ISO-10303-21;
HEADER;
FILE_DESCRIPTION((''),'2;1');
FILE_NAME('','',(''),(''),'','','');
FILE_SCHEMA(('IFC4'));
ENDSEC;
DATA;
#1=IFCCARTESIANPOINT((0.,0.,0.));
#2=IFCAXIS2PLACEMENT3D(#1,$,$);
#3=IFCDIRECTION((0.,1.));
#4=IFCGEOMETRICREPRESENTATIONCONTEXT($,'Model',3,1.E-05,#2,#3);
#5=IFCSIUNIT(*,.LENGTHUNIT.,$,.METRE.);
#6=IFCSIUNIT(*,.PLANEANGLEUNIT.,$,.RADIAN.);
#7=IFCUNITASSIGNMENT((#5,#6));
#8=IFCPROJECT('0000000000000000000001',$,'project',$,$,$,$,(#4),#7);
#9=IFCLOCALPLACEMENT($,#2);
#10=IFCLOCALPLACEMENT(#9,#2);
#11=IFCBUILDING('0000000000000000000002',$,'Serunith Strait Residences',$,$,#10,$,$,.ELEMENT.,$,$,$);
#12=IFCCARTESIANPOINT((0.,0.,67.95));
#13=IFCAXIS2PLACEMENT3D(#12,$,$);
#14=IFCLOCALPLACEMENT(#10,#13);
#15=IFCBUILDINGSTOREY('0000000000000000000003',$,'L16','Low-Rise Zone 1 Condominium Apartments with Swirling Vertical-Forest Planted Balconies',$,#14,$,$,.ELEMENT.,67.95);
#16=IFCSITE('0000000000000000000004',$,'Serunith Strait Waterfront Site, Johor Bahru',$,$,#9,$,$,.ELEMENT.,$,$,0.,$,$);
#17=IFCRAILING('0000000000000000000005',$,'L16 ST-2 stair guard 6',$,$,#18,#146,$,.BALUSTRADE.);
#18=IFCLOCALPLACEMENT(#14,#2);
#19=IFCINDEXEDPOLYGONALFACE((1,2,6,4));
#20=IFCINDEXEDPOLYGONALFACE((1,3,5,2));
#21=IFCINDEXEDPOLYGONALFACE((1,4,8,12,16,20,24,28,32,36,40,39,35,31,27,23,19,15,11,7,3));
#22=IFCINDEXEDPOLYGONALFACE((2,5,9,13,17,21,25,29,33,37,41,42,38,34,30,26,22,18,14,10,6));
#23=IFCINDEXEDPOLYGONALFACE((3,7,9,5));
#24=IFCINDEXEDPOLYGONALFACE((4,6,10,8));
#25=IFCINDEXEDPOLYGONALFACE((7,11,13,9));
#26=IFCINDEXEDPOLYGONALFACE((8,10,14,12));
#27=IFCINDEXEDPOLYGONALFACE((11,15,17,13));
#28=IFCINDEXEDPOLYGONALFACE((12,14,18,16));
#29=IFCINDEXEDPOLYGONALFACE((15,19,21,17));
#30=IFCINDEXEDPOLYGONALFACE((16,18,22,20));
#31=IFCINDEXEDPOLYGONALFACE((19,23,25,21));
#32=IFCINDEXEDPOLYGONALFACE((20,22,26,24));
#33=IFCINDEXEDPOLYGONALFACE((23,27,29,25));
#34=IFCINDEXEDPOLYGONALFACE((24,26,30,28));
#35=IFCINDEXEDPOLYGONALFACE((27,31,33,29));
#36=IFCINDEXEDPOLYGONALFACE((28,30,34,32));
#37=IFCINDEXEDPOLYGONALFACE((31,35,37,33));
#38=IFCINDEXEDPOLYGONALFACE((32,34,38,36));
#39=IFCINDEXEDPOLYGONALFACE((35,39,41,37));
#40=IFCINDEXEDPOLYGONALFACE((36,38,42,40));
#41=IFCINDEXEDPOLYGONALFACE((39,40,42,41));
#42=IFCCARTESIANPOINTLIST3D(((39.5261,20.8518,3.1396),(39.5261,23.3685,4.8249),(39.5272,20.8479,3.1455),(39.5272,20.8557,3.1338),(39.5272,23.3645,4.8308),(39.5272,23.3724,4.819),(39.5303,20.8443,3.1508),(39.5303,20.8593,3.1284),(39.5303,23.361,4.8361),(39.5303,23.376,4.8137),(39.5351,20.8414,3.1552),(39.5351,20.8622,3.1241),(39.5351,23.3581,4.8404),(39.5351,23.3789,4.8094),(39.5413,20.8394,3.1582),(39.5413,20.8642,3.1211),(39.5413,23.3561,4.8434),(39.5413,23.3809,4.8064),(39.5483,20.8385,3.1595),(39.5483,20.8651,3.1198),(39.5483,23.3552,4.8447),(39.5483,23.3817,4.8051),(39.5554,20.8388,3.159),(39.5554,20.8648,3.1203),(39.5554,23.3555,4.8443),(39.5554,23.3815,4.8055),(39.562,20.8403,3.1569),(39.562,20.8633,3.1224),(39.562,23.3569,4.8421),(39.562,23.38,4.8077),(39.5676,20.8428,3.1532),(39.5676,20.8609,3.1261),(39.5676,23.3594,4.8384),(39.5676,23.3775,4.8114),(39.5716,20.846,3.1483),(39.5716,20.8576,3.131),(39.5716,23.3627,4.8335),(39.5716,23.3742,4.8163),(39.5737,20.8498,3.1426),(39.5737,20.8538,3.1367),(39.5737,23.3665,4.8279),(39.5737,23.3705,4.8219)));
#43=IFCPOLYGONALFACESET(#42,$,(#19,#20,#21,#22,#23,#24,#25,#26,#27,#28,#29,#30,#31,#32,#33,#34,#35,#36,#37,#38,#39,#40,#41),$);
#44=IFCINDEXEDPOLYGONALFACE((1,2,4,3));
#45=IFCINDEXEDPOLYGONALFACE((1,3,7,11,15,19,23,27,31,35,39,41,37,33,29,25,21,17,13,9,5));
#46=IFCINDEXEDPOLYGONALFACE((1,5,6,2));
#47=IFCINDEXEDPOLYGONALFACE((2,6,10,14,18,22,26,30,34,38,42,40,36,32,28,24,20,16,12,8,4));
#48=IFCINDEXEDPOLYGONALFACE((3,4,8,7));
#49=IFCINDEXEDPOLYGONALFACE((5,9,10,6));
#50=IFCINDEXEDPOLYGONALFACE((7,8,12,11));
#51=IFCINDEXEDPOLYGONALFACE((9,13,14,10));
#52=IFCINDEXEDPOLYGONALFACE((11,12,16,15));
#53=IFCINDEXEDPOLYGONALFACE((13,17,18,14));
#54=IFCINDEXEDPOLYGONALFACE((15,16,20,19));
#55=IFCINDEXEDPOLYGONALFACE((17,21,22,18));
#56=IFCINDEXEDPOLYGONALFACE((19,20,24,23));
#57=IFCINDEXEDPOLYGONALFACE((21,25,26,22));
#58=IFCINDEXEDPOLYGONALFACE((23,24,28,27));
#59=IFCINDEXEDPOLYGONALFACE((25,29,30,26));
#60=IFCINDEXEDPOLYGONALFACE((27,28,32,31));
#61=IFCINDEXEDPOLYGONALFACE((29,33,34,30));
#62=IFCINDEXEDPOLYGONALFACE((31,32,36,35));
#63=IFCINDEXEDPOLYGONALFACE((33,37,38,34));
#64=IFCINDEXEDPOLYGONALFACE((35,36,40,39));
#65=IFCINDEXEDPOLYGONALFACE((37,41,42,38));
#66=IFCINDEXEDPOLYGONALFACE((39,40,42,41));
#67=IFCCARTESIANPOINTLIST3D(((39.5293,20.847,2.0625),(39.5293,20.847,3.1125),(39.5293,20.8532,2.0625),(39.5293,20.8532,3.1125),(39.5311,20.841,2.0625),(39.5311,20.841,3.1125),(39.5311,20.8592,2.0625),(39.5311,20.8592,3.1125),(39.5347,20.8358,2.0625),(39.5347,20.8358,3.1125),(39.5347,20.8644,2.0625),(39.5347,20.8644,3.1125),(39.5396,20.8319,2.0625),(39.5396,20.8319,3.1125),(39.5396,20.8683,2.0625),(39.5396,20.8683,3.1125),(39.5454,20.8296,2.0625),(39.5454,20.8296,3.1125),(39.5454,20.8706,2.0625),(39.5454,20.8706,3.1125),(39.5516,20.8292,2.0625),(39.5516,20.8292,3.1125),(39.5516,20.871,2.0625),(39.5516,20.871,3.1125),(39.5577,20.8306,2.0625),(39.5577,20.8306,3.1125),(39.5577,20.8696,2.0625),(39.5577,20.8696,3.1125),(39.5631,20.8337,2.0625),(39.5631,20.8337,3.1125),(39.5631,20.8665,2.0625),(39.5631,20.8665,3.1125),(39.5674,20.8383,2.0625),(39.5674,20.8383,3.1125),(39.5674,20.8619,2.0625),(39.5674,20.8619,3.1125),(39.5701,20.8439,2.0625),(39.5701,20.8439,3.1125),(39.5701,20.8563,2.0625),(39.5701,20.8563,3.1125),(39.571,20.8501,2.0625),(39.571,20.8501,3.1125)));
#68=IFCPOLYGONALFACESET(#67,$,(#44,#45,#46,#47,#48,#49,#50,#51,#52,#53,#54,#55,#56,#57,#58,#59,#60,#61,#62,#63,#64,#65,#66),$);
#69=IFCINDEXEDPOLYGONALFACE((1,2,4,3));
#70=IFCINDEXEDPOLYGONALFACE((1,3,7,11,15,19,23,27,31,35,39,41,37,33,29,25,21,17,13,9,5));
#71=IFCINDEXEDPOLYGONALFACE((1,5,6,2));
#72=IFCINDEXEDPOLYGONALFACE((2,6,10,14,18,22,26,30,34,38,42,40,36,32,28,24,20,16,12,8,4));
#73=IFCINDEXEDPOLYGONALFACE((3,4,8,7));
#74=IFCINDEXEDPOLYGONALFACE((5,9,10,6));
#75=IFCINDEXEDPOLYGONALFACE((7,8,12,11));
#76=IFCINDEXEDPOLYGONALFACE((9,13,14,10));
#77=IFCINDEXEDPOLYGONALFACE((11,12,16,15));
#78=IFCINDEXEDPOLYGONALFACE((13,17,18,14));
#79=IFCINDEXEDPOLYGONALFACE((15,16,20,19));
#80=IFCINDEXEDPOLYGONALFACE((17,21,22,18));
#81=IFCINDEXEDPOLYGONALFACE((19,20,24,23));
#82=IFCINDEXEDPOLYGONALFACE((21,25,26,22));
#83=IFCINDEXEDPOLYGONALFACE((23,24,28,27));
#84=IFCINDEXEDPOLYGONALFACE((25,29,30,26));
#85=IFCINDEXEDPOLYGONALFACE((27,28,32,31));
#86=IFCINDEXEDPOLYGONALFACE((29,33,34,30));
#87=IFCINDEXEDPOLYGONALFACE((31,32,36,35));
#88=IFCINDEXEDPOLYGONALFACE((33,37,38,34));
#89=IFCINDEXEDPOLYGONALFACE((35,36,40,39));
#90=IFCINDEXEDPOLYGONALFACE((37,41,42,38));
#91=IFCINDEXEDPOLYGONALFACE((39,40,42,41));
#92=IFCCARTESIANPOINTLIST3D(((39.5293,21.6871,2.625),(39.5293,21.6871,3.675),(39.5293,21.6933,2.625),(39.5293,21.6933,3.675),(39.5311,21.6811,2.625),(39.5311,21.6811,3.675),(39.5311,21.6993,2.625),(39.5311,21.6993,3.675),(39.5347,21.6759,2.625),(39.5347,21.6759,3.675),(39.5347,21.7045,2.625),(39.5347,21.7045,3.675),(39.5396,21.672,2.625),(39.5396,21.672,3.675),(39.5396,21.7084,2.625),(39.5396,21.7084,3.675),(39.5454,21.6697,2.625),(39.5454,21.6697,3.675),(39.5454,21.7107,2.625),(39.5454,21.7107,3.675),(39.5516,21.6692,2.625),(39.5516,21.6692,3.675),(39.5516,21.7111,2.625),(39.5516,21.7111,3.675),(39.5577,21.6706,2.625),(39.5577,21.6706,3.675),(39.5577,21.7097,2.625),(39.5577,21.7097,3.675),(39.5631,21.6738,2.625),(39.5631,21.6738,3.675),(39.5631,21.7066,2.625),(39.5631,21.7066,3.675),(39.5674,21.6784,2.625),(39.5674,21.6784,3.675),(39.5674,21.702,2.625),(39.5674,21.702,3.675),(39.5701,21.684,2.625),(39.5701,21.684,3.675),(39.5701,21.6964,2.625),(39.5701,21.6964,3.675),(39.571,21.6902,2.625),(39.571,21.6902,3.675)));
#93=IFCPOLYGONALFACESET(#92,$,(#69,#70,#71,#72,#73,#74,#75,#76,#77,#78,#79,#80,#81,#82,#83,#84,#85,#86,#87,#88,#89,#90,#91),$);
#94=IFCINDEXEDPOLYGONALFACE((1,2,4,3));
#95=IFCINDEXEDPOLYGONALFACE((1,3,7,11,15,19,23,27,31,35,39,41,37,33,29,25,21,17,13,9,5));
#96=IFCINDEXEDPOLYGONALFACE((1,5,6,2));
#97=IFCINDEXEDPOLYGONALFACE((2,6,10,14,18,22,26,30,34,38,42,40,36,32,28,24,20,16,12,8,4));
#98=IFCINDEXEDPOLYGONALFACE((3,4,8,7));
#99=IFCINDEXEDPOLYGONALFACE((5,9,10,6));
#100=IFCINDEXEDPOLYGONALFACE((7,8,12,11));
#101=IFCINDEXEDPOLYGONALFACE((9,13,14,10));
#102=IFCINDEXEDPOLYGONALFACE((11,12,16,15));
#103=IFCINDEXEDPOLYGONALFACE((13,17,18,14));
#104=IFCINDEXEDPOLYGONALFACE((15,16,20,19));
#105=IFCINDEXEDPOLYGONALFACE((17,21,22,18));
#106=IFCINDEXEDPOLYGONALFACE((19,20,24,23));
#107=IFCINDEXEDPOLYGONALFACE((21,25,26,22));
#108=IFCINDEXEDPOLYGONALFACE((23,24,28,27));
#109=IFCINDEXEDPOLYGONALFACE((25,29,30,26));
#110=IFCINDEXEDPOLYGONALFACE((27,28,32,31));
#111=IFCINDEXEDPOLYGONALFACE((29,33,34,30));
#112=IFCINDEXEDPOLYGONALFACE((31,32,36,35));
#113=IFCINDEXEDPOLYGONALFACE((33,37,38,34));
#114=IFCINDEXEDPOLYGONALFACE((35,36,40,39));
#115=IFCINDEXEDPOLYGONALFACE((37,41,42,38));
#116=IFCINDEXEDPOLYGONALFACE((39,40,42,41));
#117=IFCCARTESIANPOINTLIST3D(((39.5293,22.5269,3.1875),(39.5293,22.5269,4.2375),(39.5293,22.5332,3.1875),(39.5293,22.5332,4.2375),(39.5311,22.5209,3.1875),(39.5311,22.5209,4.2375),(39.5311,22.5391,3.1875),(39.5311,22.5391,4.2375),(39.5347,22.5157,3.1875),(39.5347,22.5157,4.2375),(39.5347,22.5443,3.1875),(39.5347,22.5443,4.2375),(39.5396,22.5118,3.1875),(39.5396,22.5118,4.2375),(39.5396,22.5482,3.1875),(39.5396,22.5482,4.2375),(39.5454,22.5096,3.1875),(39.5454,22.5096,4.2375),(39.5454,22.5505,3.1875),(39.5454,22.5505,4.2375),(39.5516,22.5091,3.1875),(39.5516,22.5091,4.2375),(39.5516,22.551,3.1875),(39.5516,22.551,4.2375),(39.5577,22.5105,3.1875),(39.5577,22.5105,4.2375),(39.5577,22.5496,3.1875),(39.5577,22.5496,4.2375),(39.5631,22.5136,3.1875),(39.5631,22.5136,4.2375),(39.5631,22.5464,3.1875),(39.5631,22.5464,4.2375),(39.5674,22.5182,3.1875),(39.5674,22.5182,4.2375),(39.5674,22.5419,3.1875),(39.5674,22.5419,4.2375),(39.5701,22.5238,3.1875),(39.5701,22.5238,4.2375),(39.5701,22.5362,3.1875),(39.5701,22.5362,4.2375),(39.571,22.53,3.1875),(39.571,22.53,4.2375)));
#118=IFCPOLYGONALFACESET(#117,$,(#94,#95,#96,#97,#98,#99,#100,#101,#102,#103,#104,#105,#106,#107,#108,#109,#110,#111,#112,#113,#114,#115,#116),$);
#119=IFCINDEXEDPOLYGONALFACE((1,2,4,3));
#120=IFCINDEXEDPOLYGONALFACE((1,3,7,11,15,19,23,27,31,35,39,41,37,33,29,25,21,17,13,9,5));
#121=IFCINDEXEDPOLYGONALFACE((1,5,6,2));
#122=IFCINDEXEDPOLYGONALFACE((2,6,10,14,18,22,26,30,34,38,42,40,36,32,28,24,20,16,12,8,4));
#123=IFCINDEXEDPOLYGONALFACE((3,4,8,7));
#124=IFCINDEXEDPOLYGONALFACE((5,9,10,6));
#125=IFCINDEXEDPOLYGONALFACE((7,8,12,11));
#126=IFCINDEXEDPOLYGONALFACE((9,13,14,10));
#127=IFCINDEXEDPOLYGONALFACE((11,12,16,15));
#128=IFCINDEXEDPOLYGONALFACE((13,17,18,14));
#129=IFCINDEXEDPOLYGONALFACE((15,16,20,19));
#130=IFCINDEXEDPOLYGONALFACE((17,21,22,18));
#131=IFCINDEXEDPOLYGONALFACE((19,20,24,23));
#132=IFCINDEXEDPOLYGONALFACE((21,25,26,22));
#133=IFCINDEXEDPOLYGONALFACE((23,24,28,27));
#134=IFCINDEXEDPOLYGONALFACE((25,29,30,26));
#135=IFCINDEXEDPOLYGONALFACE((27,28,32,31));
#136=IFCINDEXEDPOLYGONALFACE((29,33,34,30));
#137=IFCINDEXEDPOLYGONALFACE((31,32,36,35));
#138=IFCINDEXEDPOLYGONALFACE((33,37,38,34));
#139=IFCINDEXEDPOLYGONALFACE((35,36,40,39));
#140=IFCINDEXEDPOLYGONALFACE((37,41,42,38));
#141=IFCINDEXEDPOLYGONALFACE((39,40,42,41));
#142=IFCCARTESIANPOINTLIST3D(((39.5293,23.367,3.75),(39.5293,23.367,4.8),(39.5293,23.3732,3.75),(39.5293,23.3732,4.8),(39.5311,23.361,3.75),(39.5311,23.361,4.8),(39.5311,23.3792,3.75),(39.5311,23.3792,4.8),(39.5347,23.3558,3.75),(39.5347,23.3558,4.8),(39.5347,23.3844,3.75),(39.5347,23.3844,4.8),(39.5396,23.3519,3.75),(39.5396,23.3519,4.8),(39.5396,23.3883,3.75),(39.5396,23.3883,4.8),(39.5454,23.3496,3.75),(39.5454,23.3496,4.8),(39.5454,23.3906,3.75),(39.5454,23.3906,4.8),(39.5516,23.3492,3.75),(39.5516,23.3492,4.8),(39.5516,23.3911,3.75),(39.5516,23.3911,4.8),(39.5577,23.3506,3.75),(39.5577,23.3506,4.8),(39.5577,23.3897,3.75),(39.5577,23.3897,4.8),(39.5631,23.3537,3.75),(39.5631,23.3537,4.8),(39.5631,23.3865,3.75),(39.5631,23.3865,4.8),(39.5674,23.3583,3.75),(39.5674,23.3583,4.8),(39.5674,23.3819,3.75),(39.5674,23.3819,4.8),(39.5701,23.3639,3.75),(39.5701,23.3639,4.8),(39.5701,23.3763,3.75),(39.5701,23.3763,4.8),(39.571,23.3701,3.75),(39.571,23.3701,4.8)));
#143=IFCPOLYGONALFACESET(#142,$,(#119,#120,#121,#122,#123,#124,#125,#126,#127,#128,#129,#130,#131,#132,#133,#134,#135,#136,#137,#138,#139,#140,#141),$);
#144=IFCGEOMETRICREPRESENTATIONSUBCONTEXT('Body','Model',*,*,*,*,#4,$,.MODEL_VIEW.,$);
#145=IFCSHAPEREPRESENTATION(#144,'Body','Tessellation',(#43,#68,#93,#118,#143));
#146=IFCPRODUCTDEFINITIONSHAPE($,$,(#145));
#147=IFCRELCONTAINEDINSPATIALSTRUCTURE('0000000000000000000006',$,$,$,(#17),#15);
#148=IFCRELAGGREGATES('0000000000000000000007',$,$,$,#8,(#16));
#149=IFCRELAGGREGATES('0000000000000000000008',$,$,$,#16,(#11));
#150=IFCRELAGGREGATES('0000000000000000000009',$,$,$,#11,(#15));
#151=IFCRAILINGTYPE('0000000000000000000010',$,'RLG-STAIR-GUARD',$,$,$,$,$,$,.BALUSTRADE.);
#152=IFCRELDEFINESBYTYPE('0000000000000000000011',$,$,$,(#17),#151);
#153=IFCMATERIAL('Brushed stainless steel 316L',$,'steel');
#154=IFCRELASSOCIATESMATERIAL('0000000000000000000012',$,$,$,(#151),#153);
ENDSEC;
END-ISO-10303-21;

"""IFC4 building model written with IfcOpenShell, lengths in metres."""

from ifc_helpers import new_model, si_unit, direction, frame, origin, origin_2d, place, context, subcontext, project, spatial, circle, extrude, material, type_object, element, save


model = new_model("IFC4")

# Units and contexts
model_context = context("Model", 3, precision=1e-05, world=origin(), true_north=direction((0.0, 1.0)))
body_context = subcontext(model_context, "Body", "Model", "MODEL_VIEW")
ifc_project = project(units=[si_unit("LENGTHUNIT", "METRE"), si_unit("PLANEANGLEUNIT", "RADIAN")], contexts=[model_context])

# Site, building, storey
site_placement = place(None, origin())
site = spatial("IfcSite", under=ifc_project, at=site_placement, Name="Serunith Strait Waterfront Site, Johor Bahru", CompositionType="ELEMENT", RefElevation=0.0)
building_placement = place(site_placement, origin())
building = spatial("IfcBuilding", under=site, at=building_placement, Name="Serunith Strait Residences", CompositionType="ELEMENT")
storey_placement = place(building_placement, frame((0.0, 0.0, 67.95)))
storey = spatial("IfcBuildingStorey", under=building, at=storey_placement, Name="L16", Description="Low-Rise Zone 1 Condominium Apartments with Swirling Vertical-Forest Planted Balconies", CompositionType="ELEMENT", Elevation=67.95)

# Railing
ifc_material_1 = material(Name="Brushed stainless steel 316L", Category="steel")
railing_type_1 = type_object("IfcRailingType", Name="RLG-STAIR-GUARD", PredefinedType="BALUSTRADE", material=ifc_material_1)
railing_1_placement = place(storey_placement, frame((39.55, 20.8501, 2.0625)))
element("IfcRailing", 1, at=railing_1_placement, inside=storey, type_object=railing_type_1, Name="L16 ST-2 stair guard 6", PredefinedType="BALUSTRADE", context=body_context, shape_type="SweptSolid", body=[
    extrude(circle(Radius=0.0239, at=origin_2d()), frame((0.0, 0.0017, 1.0771), z_axis=(0.0, 0.830909, 0.556408), x_axis=(-1.0, 0.0, 0.0)), (0.0, 0.0, 1.0), 3.0288),
    extrude(circle(Radius=0.021, at=origin_2d()), origin(), (0.0, 0.0, 1.0), 1.05),
    extrude(circle(Radius=0.021, at=origin_2d()), frame((0.0, 0.8401, 0.5625)), (0.0, 0.0, 1.0), 1.05),
    extrude(circle(Radius=0.021, at=origin_2d()), frame((0.0, 1.6799, 1.125)), (0.0, 0.0, 1.0), 1.05),
    extrude(circle(Radius=0.021, at=origin_2d()), frame((0.0, 2.52, 1.6875)), (0.0, 0.0, 1.0), 1.05),
])

save(model, "model.ifc")
